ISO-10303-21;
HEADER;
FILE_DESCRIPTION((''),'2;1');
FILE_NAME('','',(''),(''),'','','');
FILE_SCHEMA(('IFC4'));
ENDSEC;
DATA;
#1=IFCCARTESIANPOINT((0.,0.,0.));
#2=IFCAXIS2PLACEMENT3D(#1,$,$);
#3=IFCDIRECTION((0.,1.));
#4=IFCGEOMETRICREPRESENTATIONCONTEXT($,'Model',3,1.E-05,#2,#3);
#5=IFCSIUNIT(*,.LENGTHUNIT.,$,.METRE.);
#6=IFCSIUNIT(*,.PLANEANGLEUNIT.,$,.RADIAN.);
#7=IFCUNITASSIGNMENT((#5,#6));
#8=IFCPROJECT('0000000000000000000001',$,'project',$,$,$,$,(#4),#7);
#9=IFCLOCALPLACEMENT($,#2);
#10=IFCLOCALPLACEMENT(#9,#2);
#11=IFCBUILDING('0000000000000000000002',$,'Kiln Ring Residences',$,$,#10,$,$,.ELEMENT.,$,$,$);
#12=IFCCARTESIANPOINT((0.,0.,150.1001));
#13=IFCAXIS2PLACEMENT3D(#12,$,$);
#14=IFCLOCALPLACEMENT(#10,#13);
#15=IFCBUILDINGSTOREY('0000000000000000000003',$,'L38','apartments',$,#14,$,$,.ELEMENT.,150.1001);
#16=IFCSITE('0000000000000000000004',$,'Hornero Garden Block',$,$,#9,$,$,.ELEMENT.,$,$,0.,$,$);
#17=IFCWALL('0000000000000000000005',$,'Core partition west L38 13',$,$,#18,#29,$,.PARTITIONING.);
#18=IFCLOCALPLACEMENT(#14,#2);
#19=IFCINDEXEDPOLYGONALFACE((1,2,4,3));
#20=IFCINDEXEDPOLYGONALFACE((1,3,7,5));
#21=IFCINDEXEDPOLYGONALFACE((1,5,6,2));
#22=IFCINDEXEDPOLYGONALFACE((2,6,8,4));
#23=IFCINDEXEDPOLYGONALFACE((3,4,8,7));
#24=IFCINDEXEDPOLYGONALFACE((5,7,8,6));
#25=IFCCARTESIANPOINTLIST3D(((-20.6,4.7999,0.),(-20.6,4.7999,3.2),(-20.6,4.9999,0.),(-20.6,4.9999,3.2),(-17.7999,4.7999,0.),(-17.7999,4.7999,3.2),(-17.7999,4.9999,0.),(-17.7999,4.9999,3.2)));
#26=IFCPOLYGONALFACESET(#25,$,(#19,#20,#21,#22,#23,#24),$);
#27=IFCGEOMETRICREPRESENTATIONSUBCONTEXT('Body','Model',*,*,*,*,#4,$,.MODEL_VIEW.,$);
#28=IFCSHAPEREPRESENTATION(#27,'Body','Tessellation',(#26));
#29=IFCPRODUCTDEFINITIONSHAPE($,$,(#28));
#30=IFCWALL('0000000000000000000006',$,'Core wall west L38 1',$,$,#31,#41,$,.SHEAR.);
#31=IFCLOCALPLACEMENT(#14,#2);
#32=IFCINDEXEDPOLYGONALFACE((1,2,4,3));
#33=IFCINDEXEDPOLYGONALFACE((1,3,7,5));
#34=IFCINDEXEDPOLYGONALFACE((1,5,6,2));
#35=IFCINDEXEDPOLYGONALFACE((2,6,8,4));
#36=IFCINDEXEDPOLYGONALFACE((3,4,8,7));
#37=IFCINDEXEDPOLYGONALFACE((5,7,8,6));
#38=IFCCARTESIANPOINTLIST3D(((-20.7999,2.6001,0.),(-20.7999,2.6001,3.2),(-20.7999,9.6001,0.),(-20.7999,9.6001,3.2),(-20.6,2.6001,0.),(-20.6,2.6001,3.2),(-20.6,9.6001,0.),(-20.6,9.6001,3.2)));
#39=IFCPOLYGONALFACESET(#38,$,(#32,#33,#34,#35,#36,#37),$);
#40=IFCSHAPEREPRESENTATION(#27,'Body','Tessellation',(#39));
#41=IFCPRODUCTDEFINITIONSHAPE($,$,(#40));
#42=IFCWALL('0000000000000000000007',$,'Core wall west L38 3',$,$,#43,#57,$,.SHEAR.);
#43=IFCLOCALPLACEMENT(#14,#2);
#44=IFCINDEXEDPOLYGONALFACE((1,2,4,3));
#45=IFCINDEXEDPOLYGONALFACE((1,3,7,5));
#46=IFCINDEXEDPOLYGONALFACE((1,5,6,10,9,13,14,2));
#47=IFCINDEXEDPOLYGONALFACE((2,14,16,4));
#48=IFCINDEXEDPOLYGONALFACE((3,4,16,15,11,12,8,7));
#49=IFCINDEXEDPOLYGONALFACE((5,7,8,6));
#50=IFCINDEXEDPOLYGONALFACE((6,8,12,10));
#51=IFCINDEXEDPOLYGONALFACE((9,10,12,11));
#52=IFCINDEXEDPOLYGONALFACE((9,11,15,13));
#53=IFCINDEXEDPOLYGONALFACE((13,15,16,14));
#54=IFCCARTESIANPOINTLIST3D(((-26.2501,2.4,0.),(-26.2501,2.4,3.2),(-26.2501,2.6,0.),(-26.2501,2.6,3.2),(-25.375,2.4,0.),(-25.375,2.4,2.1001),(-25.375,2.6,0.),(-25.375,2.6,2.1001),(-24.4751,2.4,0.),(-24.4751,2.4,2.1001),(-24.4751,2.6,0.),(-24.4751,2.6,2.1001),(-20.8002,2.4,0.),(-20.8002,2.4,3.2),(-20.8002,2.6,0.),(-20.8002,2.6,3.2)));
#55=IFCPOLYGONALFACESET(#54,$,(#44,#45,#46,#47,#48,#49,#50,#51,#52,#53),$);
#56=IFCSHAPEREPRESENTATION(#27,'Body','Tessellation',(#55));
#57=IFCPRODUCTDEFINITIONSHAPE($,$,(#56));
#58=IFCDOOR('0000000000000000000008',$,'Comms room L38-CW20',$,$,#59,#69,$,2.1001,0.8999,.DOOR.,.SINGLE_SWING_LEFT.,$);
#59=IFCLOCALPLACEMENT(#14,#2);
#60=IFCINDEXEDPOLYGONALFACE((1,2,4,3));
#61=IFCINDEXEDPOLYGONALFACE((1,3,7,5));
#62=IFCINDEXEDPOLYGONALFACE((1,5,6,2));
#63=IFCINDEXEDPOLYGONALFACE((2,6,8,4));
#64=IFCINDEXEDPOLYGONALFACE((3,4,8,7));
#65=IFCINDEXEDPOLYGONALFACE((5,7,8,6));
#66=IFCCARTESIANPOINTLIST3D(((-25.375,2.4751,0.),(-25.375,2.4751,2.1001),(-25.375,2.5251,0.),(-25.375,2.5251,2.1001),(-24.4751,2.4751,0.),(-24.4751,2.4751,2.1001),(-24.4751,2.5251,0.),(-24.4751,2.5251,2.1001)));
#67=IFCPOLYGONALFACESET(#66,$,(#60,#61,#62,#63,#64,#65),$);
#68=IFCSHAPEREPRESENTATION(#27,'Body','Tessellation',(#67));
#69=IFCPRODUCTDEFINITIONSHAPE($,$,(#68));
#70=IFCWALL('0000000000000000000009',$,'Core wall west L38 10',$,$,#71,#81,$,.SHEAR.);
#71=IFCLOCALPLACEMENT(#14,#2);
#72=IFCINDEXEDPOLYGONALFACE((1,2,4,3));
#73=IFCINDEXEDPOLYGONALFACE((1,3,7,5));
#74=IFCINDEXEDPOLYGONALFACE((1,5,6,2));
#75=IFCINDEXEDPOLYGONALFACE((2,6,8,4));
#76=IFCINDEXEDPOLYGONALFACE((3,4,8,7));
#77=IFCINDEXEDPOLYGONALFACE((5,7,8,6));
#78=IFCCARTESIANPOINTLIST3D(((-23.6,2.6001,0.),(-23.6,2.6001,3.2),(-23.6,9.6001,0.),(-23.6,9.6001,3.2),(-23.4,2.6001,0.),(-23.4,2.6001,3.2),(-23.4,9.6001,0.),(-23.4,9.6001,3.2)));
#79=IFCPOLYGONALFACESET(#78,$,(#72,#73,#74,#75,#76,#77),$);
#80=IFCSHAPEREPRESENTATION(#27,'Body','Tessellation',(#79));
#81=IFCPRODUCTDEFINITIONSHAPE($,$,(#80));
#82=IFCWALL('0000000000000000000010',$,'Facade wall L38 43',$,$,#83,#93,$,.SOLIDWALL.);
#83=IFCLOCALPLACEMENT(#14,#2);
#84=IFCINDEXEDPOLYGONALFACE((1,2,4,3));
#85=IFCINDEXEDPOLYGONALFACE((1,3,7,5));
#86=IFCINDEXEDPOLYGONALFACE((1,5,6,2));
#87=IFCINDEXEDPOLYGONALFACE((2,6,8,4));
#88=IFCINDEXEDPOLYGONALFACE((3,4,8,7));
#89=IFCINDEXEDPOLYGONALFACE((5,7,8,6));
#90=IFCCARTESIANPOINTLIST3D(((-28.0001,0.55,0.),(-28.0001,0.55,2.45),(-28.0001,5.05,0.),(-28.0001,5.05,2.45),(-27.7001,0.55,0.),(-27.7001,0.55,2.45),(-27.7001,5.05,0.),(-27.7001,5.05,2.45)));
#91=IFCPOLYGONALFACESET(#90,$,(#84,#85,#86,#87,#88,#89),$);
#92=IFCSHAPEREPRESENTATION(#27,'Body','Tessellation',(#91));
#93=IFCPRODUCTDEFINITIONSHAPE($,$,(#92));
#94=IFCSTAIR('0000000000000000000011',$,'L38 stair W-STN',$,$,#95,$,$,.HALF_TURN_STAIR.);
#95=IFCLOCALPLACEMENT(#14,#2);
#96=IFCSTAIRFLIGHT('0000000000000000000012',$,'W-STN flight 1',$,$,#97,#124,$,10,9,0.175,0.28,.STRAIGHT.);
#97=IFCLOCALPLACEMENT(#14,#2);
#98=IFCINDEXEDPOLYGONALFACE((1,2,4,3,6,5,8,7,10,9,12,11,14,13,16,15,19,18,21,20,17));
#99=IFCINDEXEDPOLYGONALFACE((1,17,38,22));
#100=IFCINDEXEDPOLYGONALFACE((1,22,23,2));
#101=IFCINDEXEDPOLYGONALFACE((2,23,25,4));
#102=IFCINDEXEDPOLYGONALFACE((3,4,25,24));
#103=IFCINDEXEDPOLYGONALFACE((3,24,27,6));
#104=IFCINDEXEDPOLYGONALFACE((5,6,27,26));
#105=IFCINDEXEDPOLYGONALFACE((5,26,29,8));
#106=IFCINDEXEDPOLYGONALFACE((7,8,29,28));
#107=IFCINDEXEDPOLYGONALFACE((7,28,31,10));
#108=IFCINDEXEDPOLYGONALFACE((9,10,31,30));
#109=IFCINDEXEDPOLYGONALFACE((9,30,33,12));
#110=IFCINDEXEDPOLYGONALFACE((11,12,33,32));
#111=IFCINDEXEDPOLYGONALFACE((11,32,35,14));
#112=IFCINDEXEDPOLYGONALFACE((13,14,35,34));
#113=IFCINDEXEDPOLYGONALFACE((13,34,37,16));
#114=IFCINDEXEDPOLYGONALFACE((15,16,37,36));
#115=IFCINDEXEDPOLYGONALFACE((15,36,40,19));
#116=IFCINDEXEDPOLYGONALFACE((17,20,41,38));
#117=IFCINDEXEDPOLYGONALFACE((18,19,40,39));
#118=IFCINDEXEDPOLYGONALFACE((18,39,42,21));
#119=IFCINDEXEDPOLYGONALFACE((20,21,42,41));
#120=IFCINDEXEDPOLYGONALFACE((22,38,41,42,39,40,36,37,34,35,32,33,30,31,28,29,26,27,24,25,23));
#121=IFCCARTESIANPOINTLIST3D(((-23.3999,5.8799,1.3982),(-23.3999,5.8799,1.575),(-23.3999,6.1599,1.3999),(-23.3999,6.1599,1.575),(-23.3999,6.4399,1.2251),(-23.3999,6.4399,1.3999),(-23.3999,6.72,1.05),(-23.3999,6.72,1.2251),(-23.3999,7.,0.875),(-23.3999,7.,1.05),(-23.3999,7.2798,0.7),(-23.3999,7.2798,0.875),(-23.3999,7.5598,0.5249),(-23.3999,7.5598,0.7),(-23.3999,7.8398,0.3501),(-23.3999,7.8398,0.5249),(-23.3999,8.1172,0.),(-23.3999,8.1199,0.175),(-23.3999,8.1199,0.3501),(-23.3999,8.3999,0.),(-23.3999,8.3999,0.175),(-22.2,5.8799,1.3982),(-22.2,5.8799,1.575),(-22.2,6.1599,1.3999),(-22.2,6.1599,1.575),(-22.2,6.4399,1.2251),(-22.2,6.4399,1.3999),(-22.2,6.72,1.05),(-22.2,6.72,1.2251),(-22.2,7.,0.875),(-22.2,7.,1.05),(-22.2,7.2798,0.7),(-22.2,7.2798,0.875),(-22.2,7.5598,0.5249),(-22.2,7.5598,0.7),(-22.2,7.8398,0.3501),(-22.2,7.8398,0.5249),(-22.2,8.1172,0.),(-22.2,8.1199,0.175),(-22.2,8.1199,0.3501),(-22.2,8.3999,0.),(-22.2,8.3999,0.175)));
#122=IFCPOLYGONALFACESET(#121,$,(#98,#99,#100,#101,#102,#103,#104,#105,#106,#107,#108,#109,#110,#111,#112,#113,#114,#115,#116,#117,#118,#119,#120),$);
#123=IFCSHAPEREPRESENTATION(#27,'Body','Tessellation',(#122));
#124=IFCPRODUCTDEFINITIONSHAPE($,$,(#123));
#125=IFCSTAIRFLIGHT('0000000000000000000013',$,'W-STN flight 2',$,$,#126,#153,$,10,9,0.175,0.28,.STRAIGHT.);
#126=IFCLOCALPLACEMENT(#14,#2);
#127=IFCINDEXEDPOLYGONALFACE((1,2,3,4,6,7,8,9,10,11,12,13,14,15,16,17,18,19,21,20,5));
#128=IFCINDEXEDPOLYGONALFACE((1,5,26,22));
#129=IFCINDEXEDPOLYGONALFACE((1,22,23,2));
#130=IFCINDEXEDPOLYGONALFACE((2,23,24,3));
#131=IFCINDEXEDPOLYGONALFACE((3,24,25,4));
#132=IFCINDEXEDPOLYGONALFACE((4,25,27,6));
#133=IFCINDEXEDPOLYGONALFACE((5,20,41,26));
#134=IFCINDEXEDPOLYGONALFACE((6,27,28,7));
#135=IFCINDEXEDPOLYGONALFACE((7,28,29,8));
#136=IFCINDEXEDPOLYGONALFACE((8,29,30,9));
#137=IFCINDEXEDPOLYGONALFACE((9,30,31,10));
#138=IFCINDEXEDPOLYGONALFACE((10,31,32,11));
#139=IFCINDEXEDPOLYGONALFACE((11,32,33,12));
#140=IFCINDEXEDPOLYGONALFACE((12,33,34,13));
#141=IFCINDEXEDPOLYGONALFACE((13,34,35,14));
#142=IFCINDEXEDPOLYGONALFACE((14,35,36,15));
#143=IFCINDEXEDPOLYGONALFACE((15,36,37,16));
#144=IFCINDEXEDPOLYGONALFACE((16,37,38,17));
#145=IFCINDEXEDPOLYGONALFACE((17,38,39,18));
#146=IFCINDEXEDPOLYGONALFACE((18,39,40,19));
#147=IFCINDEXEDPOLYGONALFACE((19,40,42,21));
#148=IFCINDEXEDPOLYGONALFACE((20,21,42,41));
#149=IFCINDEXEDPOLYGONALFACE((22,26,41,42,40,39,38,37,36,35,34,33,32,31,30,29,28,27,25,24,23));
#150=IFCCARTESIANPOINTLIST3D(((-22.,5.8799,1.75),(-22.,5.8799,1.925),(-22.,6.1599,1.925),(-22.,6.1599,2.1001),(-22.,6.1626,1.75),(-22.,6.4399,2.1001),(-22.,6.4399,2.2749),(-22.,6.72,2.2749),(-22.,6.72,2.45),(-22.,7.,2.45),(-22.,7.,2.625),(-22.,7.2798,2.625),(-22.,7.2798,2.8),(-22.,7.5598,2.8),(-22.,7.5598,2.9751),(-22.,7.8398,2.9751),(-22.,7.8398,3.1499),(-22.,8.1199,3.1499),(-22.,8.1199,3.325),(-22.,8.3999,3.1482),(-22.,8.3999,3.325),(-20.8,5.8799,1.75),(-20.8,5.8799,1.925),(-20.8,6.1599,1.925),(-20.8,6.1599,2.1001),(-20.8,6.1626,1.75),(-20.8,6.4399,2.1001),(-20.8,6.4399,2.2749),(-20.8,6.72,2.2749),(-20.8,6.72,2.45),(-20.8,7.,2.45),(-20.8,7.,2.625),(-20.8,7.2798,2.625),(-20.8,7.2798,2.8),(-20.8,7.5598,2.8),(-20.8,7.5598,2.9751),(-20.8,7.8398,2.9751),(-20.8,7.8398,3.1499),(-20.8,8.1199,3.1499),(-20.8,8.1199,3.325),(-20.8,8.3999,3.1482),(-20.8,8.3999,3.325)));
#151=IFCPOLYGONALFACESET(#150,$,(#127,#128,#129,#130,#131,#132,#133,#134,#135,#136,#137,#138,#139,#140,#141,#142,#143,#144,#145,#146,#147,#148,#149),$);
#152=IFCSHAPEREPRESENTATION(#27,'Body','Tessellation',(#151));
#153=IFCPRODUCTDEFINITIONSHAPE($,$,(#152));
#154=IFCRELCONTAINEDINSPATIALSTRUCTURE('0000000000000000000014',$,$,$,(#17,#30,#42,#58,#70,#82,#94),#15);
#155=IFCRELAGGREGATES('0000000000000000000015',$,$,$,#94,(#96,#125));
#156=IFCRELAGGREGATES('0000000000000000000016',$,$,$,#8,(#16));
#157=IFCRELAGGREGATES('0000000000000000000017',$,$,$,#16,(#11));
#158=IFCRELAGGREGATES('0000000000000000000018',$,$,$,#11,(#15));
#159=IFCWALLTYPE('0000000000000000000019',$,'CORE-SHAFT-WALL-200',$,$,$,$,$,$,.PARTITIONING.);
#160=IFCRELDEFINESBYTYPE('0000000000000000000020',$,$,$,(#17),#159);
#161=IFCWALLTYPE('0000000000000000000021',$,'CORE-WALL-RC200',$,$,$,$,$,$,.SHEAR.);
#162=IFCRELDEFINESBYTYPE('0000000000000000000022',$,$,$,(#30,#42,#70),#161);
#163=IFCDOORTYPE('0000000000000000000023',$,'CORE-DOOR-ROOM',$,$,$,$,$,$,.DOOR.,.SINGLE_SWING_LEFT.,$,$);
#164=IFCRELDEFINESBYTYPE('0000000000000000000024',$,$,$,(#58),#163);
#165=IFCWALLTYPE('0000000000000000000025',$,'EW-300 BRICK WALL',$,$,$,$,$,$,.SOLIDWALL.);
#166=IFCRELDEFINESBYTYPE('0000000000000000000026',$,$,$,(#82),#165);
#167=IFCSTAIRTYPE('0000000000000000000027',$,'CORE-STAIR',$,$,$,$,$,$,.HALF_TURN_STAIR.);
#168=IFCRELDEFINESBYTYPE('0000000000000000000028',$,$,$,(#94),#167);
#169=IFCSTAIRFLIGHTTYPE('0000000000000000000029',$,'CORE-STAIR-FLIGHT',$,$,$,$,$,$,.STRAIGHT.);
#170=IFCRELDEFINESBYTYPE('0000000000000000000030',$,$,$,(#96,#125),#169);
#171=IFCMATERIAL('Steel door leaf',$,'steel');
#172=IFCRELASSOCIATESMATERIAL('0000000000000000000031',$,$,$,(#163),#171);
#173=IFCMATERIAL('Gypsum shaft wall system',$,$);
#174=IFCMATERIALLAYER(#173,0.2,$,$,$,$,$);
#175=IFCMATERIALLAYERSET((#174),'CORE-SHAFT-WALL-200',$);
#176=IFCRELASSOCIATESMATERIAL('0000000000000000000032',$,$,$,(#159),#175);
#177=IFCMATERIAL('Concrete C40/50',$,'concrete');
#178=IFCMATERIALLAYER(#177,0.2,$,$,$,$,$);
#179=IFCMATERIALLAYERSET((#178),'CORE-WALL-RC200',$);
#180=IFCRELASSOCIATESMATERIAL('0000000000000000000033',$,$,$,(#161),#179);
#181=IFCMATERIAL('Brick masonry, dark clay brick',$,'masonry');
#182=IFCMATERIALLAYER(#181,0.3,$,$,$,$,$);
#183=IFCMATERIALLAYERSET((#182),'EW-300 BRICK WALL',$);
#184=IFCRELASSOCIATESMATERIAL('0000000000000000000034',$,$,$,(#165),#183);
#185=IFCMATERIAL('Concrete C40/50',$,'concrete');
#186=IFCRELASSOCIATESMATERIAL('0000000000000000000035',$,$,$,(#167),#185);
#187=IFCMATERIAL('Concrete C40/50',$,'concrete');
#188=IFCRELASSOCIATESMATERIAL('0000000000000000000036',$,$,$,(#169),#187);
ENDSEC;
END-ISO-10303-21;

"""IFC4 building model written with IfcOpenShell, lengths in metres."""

from ifc_helpers import new_model, si_unit, direction, frame, frame_2d, origin, place, context, subcontext, project, spatial, polyline, rectangle, outline, extrude, material, layer, layer_set, type_object, element, fill, aggregate, save


model = new_model("IFC4")

# Units and contexts
model_context = context("Model", 3, precision=1e-05, world=origin(), true_north=direction((0.0, 1.0)))
body_context = subcontext(model_context, "Body", "Model", "MODEL_VIEW")
ifc_project = project(units=[si_unit("LENGTHUNIT", "METRE"), si_unit("PLANEANGLEUNIT", "RADIAN")], contexts=[model_context])

# Site, building, storey
site_placement = place(None, origin())
site = spatial("IfcSite", under=ifc_project, at=site_placement, Name="Hornero Garden Block", CompositionType="ELEMENT", RefElevation=0.0)
building_placement = place(site_placement, origin())
building = spatial("IfcBuilding", under=site, at=building_placement, Name="Kiln Ring Residences", CompositionType="ELEMENT")
storey_placement = place(building_placement, frame((0.0, 0.0, 150.1001)))
storey = spatial("IfcBuildingStorey", under=building, at=storey_placement, Name="L38", Description="apartments", CompositionType="ELEMENT", Elevation=150.1001)

# Shared definitions
ifc_material_1 = material(Name="Steel door leaf", Category="steel")
door_type = type_object("IfcDoorType", Name="CORE-DOOR-ROOM", OperationType="SINGLE_SWING_LEFT", PredefinedType="DOOR", material=ifc_material_1)

# Walls
ifc_material_2 = material(Name="Gypsum shaft wall system")
ifc_layer_1 = layer(ifc_material_2, 0.2)
ifc_layer_set_1 = layer_set([ifc_layer_1], Name="CORE-SHAFT-WALL-200")
wall_type_1 = type_object("IfcWallType", Name="CORE-SHAFT-WALL-200", PredefinedType="PARTITIONING", material=ifc_layer_set_1)
wall_1_placement = place(storey_placement, frame((-17.8, 4.8999, 0.0), z_axis=(0.0, 0.0, 1.0), x_axis=(-1.0, 0.0, 0.0)))
element("IfcWall", 1, at=wall_1_placement, inside=storey, type_object=wall_type_1, Name="Core partition west L38 13", PredefinedType="PARTITIONING", context=body_context, shape_type="SweptSolid", body=[
    extrude(rectangle(XDim=2.8, YDim=0.2, at=frame_2d((1.3999, 0.0))), origin(), (0.0, 0.0, 1.0), 3.2),
])
ifc_material_3 = material(Name="Concrete C40/50", Category="concrete")
ifc_layer_2 = layer(ifc_material_3, 0.2)
ifc_layer_set_2 = layer_set([ifc_layer_2], Name="CORE-WALL-RC200")
wall_type_2 = type_object("IfcWallType", Name="CORE-WALL-RC200", PredefinedType="SHEAR", material=ifc_layer_set_2)
wall_2_placement = place(storey_placement, frame((-20.7, 2.6001, 0.0), z_axis=(0.0, 0.0, 1.0), x_axis=(0.0, 1.0, 0.0)))
element("IfcWall", 2, at=wall_2_placement, inside=storey, type_object=wall_type_2, Name="Core wall west L38 1", PredefinedType="SHEAR", context=body_context, shape_type="SweptSolid", body=[
    extrude(rectangle(XDim=7.0, YDim=0.2, at=frame_2d((3.5, 0.0))), origin(), (0.0, 0.0, 1.0), 3.2),
])

# Wall, opening, door
wall_3_placement = place(storey_placement, frame((-20.8, 2.5, 0.0), z_axis=(0.0, 0.0, 1.0), x_axis=(-1.0, 0.0, 0.0)))
wall_3 = element("IfcWall", 3, at=wall_3_placement, inside=storey, type_object=wall_type_2, Name="Core wall west L38 3", PredefinedType="SHEAR", context=body_context, shape_type="SweptSolid", body=[
    extrude(rectangle(XDim=5.45, YDim=0.2, at=frame_2d((2.7251, 0.0))), origin(), (0.0, 0.0, 1.0), 3.2),
])
opening_1_placement = place(wall_3_placement, frame((3.675, 0.0, 0.0)))
opening_1 = element("IfcOpeningElement", 4, at=opening_1_placement, cuts=wall_3, PredefinedType="OPENING", context=body_context, shape_type="SweptSolid", body=[
    extrude(rectangle(XDim=0.8999, YDim=2.1001, at=frame_2d((0.45, 1.05))), frame((0.0, 0.1099, 0.0), z_axis=(0.0, -1.0, 0.0), x_axis=(1.0, 0.0, 0.0)), (0.0, 0.0, 1.0), 0.22),
])
door_1_placement = place(opening_1_placement, origin())
door_1 = element("IfcDoor", 5, at=door_1_placement, inside=storey, type_object=door_type, Name="Comms room L38-CW20", OperationType="SINGLE_SWING_LEFT", OverallHeight=2.1001, OverallWidth=0.8999, PredefinedType="DOOR", context=body_context, shape_type="SweptSolid", body=[
    extrude(rectangle(XDim=0.8999, YDim=2.1001, at=frame_2d((0.45, 1.05))), frame((0.0, 0.0249, 0.0), z_axis=(0.0, -1.0, 0.0), x_axis=(1.0, 0.0, 0.0)), (0.0, 0.0, 1.0), 0.05),
])
fill(opening_1, door_1)

# Walls
wall_4_placement = place(storey_placement, frame((-23.5, 2.6001, 0.0), z_axis=(0.0, 0.0, 1.0), x_axis=(0.0, 1.0, 0.0)))
element("IfcWall", 6, at=wall_4_placement, inside=storey, type_object=wall_type_2, Name="Core wall west L38 10", PredefinedType="SHEAR", context=body_context, shape_type="SweptSolid", body=[
    extrude(rectangle(XDim=7.0, YDim=0.2, at=frame_2d((3.5, 0.0))), origin(), (0.0, 0.0, 1.0), 3.2),
])
ifc_material_4 = material(Name="Brick masonry, dark clay brick", Category="masonry")
ifc_layer_3 = layer(ifc_material_4, 0.3)
ifc_layer_set_3 = layer_set([ifc_layer_3], Name="EW-300 BRICK WALL")
wall_type_3 = type_object("IfcWallType", Name="EW-300 BRICK WALL", PredefinedType="SOLIDWALL", material=ifc_layer_set_3)
wall_5_placement = place(storey_placement, frame((-27.8501, 5.05, 0.0), z_axis=(0.0, 0.0, 1.0), x_axis=(0.0, -1.0, 0.0)))
element("IfcWall", 7, at=wall_5_placement, inside=storey, type_object=wall_type_3, Name="Facade wall L38 43", PredefinedType="SOLIDWALL", context=body_context, shape_type="SweptSolid", body=[
    extrude(rectangle(XDim=4.5, YDim=0.3, at=frame_2d((2.25, 0.0))), origin(), (0.0, 0.0, 1.0), 2.45),
])

# Stair, stair flights
ifc_material_5 = material(Name="Concrete C40/50", Category="concrete")
stair_type = type_object("IfcStairType", Name="CORE-STAIR", PredefinedType="HALF_TURN_STAIR", material=ifc_material_5)
stair_placement = place(storey_placement, origin())
stair = element("IfcStair", 8, at=stair_placement, inside=storey, type_object=stair_type, Name="L38 stair W-STN", PredefinedType="HALF_TURN_STAIR")
ifc_material_6 = material(Name="Concrete C40/50", Category="concrete")
stair_flight_type = type_object("IfcStairFlightType", Name="CORE-STAIR-FLIGHT", PredefinedType="STRAIGHT", material=ifc_material_6)
stair_flight_1_placement = place(storey_placement, frame((-22.8, 8.3999, 0.0), z_axis=(0.0, 0.0, 1.0), x_axis=(0.0, -1.0, 0.0)))
stair_flight_1 = element("IfcStairFlight", 9, at=stair_flight_1_placement, type_object=stair_flight_type, Name="W-STN flight 1", NumberOfRisers=10, NumberOfTreads=9, PredefinedType="STRAIGHT", RiserHeight=0.175, TreadLength=0.28, context=body_context, shape_type="SweptSolid", body=[
    extrude(outline(polyline([(0.0, 0.0), (0.0, 0.175), (0.28, 0.175), (0.28, 0.3501), (0.5601, 0.3501), (0.5601, 0.5249), (0.8401, 0.5249), (0.8401, 0.7), (1.1201, 0.7), (1.1201, 0.875), (1.3999, 0.875), (1.3999, 1.05), (1.6799, 1.05), (1.6799, 1.2251), (1.96, 1.2251), (1.96, 1.3999), (2.24, 1.3999), (2.24, 1.575), (2.52, 1.575), (2.52, 1.75), (2.52, 1.3982), (0.2827, 0.0), (0.0, 0.0)])), frame((0.0, 0.6001, 0.0), z_axis=(0.0, -1.0, 0.0), x_axis=(1.0, 0.0, 0.0)), (0.0, 0.0, 1.0), 1.2),
])
stair_flight_2_placement = place(storey_placement, frame((-21.3999, 5.8799, 1.75), z_axis=(0.0, 0.0, 1.0), x_axis=(0.0, 1.0, 0.0)))
stair_flight_2 = element("IfcStairFlight", 10, at=stair_flight_2_placement, type_object=stair_flight_type, Name="W-STN flight 2", NumberOfRisers=10, NumberOfTreads=9, PredefinedType="STRAIGHT", RiserHeight=0.175, TreadLength=0.28, context=body_context, shape_type="SweptSolid", body=[
    extrude(outline(polyline([(0.0, 0.0), (0.0, 0.175), (0.28, 0.175), (0.28, 0.3501), (0.5601, 0.3501), (0.5601, 0.5249), (0.8401, 0.5249), (0.8401, 0.7), (1.1201, 0.7), (1.1201, 0.875), (1.3999, 0.875), (1.3999, 1.05), (1.6799, 1.05), (1.6799, 1.2251), (1.96, 1.2251), (1.96, 1.3999), (2.24, 1.3999), (2.24, 1.575), (2.52, 1.575), (2.52, 1.75), (2.52, 1.3982), (0.2827, 0.0), (0.0, 0.0)])), frame((0.0, 0.6001, 0.0), z_axis=(0.0, -1.0, 0.0), x_axis=(1.0, 0.0, 0.0)), (0.0, 0.0, 1.0), 1.2),
])
aggregate(stair, [stair_flight_1, stair_flight_2])

save(model, "model.ifc")
